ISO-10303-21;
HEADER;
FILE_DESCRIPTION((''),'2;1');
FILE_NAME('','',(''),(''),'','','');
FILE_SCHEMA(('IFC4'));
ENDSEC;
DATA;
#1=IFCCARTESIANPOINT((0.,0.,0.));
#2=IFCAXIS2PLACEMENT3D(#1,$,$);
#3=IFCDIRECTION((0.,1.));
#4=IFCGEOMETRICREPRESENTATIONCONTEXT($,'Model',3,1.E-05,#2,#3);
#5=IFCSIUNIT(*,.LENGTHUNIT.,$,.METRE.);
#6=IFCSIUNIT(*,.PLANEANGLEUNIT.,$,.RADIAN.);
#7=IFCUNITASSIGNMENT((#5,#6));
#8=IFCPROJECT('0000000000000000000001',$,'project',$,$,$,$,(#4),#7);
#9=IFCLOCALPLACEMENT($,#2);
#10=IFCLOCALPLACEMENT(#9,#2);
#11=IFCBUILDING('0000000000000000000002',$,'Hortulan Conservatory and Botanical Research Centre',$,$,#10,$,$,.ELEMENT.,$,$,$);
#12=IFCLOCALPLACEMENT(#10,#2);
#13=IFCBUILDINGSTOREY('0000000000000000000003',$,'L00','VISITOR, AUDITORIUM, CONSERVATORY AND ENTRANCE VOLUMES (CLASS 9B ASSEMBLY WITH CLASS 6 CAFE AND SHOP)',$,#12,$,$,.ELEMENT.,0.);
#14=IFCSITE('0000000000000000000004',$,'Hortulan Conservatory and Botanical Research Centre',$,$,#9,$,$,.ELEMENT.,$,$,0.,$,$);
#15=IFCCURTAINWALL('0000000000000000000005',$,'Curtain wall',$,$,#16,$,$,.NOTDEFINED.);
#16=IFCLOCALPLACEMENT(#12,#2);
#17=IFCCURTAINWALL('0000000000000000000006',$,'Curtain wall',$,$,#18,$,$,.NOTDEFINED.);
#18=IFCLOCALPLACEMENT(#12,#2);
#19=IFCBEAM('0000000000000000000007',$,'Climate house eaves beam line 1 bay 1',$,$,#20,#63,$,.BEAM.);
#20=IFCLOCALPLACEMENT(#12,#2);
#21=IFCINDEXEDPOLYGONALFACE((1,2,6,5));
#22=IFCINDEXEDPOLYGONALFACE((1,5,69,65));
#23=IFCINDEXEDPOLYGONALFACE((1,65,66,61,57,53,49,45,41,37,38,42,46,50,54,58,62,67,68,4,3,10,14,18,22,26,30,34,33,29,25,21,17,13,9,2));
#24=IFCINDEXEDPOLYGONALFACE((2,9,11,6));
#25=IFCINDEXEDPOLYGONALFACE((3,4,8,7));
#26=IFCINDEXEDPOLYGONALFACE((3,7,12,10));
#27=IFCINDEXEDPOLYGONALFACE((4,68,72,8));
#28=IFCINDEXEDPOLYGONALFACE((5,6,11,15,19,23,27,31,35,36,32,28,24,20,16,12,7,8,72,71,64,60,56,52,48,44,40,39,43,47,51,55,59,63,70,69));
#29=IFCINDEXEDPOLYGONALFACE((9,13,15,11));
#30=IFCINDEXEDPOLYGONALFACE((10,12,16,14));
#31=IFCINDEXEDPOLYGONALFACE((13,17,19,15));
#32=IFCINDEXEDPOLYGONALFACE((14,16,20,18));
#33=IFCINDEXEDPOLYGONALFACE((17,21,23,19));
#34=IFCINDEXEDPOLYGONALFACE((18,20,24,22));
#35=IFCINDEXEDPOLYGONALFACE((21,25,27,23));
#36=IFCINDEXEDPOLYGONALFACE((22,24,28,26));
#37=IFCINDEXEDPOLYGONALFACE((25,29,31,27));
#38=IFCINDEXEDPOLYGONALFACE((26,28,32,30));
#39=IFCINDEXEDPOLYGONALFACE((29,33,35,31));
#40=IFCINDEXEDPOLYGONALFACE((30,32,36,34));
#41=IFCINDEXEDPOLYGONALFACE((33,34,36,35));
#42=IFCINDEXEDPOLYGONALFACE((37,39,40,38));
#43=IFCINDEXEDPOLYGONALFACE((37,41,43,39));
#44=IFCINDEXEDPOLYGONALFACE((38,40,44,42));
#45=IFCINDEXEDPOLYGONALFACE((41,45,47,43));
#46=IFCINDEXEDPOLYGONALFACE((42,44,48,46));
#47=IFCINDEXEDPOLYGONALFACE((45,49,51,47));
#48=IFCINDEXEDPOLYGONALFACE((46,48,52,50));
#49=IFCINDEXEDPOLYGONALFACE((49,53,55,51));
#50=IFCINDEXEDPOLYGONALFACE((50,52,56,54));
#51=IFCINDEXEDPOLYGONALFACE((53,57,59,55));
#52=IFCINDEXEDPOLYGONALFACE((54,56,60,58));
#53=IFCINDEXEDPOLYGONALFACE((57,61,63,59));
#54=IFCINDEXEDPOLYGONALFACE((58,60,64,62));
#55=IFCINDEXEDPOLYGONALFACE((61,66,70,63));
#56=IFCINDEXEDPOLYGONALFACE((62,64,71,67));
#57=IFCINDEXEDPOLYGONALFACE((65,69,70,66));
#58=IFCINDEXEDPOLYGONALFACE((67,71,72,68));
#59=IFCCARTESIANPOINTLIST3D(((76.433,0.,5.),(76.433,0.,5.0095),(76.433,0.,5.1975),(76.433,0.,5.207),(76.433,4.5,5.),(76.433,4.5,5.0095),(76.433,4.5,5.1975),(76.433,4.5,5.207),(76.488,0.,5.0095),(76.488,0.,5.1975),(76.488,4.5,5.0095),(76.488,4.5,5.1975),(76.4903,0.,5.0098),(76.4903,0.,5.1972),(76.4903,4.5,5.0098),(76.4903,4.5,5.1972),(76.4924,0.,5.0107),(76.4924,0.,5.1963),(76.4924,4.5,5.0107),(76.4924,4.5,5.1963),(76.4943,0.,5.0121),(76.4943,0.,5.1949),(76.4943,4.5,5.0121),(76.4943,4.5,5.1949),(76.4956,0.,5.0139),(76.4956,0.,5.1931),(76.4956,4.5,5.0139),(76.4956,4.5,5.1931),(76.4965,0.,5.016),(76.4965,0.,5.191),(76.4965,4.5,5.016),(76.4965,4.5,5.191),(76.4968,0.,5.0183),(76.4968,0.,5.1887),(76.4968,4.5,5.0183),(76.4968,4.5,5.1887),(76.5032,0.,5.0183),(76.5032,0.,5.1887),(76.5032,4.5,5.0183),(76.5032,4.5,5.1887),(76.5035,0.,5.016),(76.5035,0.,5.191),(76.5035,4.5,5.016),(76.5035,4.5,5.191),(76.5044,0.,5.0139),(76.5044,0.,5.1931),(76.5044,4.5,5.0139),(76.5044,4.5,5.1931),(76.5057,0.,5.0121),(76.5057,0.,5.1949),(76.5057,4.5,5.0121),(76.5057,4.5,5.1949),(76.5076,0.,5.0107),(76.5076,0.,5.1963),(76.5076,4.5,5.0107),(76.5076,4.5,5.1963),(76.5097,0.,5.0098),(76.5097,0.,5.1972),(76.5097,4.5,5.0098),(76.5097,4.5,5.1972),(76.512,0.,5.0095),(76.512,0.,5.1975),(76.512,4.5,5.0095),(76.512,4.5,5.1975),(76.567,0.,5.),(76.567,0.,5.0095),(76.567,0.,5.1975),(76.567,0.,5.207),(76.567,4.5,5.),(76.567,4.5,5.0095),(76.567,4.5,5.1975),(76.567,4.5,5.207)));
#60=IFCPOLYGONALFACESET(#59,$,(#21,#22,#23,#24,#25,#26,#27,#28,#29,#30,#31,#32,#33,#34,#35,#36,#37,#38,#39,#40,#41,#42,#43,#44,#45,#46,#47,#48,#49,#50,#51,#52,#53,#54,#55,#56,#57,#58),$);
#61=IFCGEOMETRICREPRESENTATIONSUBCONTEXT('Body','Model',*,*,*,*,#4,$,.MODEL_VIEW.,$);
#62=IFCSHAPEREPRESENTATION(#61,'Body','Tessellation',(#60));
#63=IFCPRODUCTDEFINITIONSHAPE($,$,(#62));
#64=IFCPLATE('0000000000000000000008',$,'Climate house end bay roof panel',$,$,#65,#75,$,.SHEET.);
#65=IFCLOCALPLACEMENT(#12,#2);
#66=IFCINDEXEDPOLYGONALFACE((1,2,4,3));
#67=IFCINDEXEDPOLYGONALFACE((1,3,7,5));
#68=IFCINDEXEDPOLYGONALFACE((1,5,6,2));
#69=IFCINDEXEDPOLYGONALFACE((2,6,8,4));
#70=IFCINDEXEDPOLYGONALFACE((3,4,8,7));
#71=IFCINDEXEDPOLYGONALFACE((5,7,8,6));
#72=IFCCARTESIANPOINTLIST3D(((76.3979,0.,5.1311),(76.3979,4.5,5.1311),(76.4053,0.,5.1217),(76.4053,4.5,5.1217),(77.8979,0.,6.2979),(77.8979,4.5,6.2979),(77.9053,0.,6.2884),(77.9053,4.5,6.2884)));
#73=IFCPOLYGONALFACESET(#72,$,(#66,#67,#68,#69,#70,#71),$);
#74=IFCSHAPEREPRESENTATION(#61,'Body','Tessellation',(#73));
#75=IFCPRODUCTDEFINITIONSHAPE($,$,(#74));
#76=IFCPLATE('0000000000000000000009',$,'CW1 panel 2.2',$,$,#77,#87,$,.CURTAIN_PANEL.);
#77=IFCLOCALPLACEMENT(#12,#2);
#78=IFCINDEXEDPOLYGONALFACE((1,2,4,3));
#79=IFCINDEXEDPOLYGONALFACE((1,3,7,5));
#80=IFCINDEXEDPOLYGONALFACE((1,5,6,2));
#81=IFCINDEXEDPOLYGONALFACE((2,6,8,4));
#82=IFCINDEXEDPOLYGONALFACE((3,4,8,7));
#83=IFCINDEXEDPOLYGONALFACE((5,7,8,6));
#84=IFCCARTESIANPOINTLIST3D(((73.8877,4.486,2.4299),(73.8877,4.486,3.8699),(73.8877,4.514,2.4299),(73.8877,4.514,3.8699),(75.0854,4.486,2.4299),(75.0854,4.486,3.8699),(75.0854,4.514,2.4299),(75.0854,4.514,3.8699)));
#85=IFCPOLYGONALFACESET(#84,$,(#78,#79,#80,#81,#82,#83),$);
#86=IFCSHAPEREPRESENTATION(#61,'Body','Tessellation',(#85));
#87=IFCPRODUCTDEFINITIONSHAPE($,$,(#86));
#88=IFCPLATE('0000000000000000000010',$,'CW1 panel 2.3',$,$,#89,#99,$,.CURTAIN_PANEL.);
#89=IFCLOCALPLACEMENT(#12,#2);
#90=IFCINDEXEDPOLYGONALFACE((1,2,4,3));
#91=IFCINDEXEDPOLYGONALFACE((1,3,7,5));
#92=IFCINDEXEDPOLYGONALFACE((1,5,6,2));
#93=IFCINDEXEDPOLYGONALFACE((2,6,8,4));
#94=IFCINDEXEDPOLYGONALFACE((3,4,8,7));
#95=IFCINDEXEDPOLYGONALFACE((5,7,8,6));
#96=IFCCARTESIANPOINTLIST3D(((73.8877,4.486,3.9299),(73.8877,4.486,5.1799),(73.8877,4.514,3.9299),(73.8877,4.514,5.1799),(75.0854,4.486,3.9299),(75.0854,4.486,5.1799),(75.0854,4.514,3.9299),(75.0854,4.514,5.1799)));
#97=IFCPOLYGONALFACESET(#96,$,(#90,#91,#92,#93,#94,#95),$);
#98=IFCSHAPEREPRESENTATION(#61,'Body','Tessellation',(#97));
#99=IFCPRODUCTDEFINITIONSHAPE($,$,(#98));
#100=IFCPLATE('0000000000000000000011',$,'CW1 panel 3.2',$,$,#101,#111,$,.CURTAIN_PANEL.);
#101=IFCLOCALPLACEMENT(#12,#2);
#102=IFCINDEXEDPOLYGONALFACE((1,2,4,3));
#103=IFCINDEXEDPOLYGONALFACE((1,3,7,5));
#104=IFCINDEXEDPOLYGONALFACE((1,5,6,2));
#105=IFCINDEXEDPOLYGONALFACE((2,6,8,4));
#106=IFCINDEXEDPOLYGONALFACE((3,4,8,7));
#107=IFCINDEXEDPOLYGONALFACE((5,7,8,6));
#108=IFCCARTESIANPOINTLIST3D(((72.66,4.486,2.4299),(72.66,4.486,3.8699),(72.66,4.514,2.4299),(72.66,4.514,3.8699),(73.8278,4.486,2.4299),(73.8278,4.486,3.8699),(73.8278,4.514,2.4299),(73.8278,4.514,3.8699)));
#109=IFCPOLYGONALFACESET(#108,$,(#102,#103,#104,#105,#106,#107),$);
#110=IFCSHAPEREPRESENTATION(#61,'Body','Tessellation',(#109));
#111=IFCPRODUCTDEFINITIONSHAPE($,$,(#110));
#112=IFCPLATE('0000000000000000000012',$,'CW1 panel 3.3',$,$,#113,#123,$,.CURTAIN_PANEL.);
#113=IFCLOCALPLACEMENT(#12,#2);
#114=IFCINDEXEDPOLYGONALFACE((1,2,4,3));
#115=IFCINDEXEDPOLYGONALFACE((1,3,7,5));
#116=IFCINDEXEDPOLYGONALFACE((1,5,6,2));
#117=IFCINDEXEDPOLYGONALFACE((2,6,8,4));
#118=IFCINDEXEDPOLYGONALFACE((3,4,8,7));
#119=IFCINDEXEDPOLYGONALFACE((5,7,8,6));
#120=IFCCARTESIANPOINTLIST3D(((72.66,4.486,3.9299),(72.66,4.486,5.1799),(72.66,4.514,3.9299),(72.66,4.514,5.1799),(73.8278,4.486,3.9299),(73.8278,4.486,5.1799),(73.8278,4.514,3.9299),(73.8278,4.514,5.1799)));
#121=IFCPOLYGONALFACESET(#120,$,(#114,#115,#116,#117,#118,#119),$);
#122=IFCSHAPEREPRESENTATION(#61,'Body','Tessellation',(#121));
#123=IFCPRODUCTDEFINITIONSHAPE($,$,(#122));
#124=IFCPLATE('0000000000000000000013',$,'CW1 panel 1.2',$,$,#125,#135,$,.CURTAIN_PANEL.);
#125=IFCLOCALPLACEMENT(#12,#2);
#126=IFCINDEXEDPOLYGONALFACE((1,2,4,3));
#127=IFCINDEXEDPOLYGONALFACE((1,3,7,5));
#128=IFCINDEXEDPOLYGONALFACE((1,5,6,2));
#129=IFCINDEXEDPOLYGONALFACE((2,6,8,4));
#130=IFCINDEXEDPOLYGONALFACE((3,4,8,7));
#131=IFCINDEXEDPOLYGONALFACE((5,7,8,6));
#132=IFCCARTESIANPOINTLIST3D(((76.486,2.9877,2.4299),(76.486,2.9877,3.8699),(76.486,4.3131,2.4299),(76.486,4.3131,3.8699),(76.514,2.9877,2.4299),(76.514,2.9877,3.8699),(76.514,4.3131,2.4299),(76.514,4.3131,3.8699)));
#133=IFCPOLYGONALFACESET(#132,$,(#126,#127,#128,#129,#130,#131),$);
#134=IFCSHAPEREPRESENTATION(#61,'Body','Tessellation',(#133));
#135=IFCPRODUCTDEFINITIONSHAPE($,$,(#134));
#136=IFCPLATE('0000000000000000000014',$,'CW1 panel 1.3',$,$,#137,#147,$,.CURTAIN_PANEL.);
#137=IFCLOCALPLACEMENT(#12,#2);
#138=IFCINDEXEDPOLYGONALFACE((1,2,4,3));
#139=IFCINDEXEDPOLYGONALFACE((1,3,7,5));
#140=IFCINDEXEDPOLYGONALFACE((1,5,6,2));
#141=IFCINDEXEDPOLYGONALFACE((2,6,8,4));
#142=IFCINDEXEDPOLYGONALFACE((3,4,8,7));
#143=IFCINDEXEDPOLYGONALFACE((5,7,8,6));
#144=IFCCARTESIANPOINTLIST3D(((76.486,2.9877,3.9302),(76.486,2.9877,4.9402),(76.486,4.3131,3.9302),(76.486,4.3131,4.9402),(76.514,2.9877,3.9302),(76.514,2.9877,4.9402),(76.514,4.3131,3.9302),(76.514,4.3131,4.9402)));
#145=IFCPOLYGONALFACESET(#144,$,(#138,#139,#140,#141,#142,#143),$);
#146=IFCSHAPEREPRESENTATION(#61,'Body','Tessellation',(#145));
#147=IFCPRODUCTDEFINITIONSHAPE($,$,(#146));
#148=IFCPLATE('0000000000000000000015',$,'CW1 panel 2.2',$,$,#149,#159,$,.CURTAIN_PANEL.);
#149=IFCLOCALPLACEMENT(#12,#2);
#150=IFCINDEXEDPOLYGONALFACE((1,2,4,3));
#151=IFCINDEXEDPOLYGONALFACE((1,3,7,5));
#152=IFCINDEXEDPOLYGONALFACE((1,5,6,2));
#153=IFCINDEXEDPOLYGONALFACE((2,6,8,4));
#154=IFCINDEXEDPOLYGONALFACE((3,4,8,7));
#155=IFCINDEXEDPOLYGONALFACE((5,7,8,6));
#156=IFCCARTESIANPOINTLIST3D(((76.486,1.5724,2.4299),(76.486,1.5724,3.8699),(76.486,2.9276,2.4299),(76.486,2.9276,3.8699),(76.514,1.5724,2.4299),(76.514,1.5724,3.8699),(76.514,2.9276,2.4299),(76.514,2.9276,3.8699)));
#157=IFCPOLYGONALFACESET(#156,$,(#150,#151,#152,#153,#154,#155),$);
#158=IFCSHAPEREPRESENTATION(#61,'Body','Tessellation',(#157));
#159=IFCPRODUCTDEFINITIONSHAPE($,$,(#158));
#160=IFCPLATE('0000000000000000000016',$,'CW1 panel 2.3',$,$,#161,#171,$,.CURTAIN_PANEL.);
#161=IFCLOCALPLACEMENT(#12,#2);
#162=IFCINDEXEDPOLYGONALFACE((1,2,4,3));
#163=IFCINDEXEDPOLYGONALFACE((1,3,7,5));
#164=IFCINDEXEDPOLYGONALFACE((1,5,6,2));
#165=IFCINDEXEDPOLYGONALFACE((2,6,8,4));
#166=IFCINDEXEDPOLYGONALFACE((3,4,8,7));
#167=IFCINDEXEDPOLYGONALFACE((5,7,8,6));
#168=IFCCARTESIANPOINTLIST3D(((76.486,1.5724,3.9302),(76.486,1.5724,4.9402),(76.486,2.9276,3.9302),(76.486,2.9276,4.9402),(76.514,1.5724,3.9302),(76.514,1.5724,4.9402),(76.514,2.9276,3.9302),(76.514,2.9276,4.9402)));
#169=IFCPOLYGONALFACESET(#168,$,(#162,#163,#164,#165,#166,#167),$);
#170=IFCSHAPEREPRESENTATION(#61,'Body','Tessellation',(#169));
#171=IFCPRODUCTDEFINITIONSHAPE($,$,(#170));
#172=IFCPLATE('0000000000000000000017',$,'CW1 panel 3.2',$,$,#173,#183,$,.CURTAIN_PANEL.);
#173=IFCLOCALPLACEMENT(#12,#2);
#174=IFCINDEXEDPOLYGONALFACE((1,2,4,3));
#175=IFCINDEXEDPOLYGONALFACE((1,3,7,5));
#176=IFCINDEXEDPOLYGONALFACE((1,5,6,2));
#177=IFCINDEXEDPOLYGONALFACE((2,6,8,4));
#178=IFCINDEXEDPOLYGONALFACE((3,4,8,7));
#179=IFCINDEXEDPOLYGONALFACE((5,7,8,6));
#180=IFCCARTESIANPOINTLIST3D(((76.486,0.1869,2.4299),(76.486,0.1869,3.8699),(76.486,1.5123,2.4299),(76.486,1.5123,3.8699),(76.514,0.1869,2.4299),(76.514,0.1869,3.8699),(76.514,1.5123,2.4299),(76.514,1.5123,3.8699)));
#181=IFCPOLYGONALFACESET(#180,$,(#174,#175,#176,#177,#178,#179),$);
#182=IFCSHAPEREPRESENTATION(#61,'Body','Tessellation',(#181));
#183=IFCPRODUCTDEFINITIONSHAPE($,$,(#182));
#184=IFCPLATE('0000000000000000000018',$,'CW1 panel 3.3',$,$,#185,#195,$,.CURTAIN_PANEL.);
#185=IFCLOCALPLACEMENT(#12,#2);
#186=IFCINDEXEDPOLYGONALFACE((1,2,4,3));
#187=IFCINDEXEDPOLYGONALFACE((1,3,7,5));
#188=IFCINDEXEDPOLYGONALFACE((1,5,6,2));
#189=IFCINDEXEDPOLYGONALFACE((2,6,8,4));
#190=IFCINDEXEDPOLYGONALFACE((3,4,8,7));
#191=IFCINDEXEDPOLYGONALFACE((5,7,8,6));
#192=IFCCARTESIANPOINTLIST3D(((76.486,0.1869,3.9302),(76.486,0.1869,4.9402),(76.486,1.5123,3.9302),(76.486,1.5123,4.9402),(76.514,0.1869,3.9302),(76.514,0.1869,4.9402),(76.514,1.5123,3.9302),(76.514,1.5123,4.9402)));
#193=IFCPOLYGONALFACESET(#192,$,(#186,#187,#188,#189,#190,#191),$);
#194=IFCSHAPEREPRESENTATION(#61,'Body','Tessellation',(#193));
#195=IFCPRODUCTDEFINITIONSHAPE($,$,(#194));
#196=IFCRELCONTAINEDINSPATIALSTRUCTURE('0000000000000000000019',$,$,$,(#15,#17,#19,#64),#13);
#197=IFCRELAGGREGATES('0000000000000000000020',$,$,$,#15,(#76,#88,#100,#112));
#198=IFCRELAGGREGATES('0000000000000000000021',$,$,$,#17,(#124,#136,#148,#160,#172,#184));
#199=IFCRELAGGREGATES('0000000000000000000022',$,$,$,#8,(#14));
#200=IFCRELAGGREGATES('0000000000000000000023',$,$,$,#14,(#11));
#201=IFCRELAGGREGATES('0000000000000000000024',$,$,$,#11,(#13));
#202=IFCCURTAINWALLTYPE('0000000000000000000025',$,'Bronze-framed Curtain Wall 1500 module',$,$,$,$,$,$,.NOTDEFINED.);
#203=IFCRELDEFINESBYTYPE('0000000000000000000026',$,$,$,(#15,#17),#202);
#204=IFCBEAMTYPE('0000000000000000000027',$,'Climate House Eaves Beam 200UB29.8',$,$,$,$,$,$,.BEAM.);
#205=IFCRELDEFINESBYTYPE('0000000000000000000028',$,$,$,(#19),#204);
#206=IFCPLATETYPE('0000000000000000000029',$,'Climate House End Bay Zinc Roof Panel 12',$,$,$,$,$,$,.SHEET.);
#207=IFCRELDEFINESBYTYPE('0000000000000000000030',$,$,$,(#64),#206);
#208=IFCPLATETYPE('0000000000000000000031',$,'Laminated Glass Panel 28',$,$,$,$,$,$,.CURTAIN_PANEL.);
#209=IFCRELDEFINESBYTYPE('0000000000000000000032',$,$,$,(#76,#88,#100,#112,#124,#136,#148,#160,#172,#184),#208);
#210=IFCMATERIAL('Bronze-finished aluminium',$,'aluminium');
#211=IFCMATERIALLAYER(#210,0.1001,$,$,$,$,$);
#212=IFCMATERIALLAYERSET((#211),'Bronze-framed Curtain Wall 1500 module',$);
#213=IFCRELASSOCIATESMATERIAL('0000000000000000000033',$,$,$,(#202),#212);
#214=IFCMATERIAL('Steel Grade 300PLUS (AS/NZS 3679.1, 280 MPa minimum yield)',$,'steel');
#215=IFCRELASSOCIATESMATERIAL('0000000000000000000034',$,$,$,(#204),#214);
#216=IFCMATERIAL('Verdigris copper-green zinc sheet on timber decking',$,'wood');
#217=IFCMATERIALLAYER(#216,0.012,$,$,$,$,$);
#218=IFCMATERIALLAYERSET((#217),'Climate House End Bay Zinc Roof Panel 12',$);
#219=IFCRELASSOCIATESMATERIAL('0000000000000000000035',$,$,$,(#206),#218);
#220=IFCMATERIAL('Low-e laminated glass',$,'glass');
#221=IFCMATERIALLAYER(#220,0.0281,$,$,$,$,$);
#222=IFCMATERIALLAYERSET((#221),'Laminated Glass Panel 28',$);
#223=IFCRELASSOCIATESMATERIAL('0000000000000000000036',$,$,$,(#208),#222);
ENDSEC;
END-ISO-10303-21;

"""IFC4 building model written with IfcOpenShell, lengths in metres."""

from ifc_helpers import new_model, si_unit, direction, frame, origin, origin_2d, place, context, subcontext, project, spatial, polyline, rectangle, i_section, outline, extrude, material, layer, layer_set, material_profile, profile_set, type_object, element, aggregate, save


model = new_model("IFC4")

# Units and contexts
model_context = context("Model", 3, precision=1e-05, world=origin(), true_north=direction((0.0, 1.0)))
body_context = subcontext(model_context, "Body", "Model", "MODEL_VIEW")
ifc_project = project(units=[si_unit("LENGTHUNIT", "METRE"), si_unit("PLANEANGLEUNIT", "RADIAN")], contexts=[model_context])

# Site, building, storey
site_placement = place(None, origin())
site = spatial("IfcSite", under=ifc_project, at=site_placement, Name="Hortulan Conservatory and Botanical Research Centre", CompositionType="ELEMENT", RefElevation=0.0)
building_placement = place(site_placement, origin())
building = spatial("IfcBuilding", under=site, at=building_placement, Name="Hortulan Conservatory and Botanical Research Centre", CompositionType="ELEMENT")
storey_placement = place(building_placement, origin())
storey = spatial("IfcBuildingStorey", under=building, at=storey_placement, Name="L00", Description="VISITOR, AUDITORIUM, CONSERVATORY AND ENTRANCE VOLUMES (CLASS 9B ASSEMBLY WITH CLASS 6 CAFE AND SHOP)", CompositionType="ELEMENT", Elevation=0.0)

# Curtain walls
ifc_material_1 = material(Name="Bronze-finished aluminium", Category="aluminium")
ifc_layer_1 = layer(ifc_material_1, 0.1001)
ifc_layer_set_1 = layer_set([ifc_layer_1], Name="Bronze-framed Curtain Wall 1500 module")
curtain_wall_type = type_object("IfcCurtainWallType", Name="Bronze-framed Curtain Wall 1500 module", PredefinedType="NOTDEFINED", material=ifc_layer_set_1)
curtain_wall_1_placement = place(storey_placement, origin())
curtain_wall_1 = element("IfcCurtainWall", 1, at=curtain_wall_1_placement, inside=storey, type_object=curtain_wall_type, Name="Curtain wall", PredefinedType="NOTDEFINED")
curtain_wall_2_placement = place(storey_placement, origin())
curtain_wall_2 = element("IfcCurtainWall", 2, at=curtain_wall_2_placement, inside=storey, type_object=curtain_wall_type, Name="Curtain wall", PredefinedType="NOTDEFINED")

# Beam
ifc_material_2 = material(Name="Steel Grade 300PLUS (AS/NZS 3679.1, 280 MPa minimum yield)", Category="steel")
ifc_material_profile_1 = material_profile(ifc_material_2, i_section(OverallWidth=0.134, OverallDepth=0.207, WebThickness=0.0063, FlangeThickness=0.0095, FilletRadius=0.0088, at=origin_2d()), Name="200UB29.8")
ifc_profile_set_1 = profile_set([ifc_material_profile_1], Name="Steel Grade 300PLUS (AS/NZS 3679.1, 280 MPa minimum yield)")
beam_type = type_object("IfcBeamType", Name="Climate House Eaves Beam 200UB29.8", PredefinedType="BEAM", material=ifc_profile_set_1)
beam_placement = place(storey_placement, frame((76.5, 0.0, 5.1035), z_axis=(0.0, 1.0, 0.0), x_axis=(-1.0, 0.0, 0.0)))
element("IfcBeam", 3, at=beam_placement, inside=storey, type_object=beam_type, Name="Climate house eaves beam line 1 bay 1", PredefinedType="BEAM", context=body_context, shape_type="SweptSolid", body=[
    extrude(i_section(OverallWidth=0.134, OverallDepth=0.207, WebThickness=0.0063, FlangeThickness=0.0095, FilletRadius=0.0088, at=origin_2d()), origin(), (0.0, 0.0, 1.0), 4.5),
])

# Plates
ifc_material_3 = material(Name="Verdigris copper-green zinc sheet on timber decking", Category="wood")
ifc_layer_2 = layer(ifc_material_3, 0.012)
ifc_layer_set_2 = layer_set([ifc_layer_2], Name="Climate House End Bay Zinc Roof Panel 12")
plate_type_1 = type_object("IfcPlateType", Name="Climate House End Bay Zinc Roof Panel 12", PredefinedType="SHEET", material=ifc_layer_set_2)
plate_1_placement = place(storey_placement, frame((76.3979, 0.0, 5.1311), z_axis=(-0.613967, 0.0, 0.789331), x_axis=(0.789331, 0.0, 0.613967)))
element("IfcPlate", 4, at=plate_1_placement, inside=storey, type_object=plate_type_1, Name="Climate house end bay roof panel", PredefinedType="SHEET", context=body_context, shape_type="SweptSolid", body=[
    extrude(outline(polyline([(0.0, 0.0), (1.9003, 0.0), (1.9003, 4.5), (0.0, 4.5), (0.0, 0.0)])), origin(), (0.0, 0.0, -1.0), 0.012),
])
ifc_material_4 = material(Name="Low-e laminated glass", Category="glass")
ifc_layer_3 = layer(ifc_material_4, 0.0281)
ifc_layer_set_3 = layer_set([ifc_layer_3], Name="Laminated Glass Panel 28")
plate_type_2 = type_object("IfcPlateType", Name="Laminated Glass Panel 28", PredefinedType="CURTAIN_PANEL", material=ifc_layer_set_3)
plate_2_placement = place(storey_placement, frame((74.4866, 4.5, 2.4299), z_axis=(0.0, 0.0, 1.0), x_axis=(-1.0, 0.0, 0.0)))
plate_2 = element("IfcPlate", 5, at=plate_2_placement, type_object=plate_type_2, Name="CW1 panel 2.2", PredefinedType="CURTAIN_PANEL", context=body_context, shape_type="SweptSolid", body=[
    extrude(rectangle(XDim=1.1978, YDim=0.0281, at=origin_2d()), origin(), (0.0, 0.0, 1.0), 1.4399),
])
plate_3_placement = place(storey_placement, frame((74.4866, 4.5, 3.9299), z_axis=(0.0, 0.0, 1.0), x_axis=(-1.0, 0.0, 0.0)))
plate_3 = element("IfcPlate", 6, at=plate_3_placement, type_object=plate_type_2, Name="CW1 panel 2.3", PredefinedType="CURTAIN_PANEL", context=body_context, shape_type="SweptSolid", body=[
    extrude(rectangle(XDim=1.1978, YDim=0.0281, at=origin_2d()), origin(), (0.0, 0.0, 1.0), 1.25),
])
plate_4_placement = place(storey_placement, frame((73.2439, 4.5, 2.4299), z_axis=(0.0, 0.0, 1.0), x_axis=(-1.0, 0.0, 0.0)))
plate_4 = element("IfcPlate", 7, at=plate_4_placement, type_object=plate_type_2, Name="CW1 panel 3.2", PredefinedType="CURTAIN_PANEL", context=body_context, shape_type="SweptSolid", body=[
    extrude(rectangle(XDim=1.1677, YDim=0.0281, at=origin_2d()), origin(), (0.0, 0.0, 1.0), 1.4399),
])
plate_5_placement = place(storey_placement, frame((73.2439, 4.5, 3.9299), z_axis=(0.0, 0.0, 1.0), x_axis=(-1.0, 0.0, 0.0)))
plate_5 = element("IfcPlate", 8, at=plate_5_placement, type_object=plate_type_2, Name="CW1 panel 3.3", PredefinedType="CURTAIN_PANEL", context=body_context, shape_type="SweptSolid", body=[
    extrude(rectangle(XDim=1.1677, YDim=0.0281, at=origin_2d()), origin(), (0.0, 0.0, 1.0), 1.25),
])
aggregate(curtain_wall_1, [plate_2, plate_3, plate_4, plate_5])
plate_6_placement = place(storey_placement, frame((76.5, 3.6504, 2.4299), z_axis=(0.0, 0.0, 1.0), x_axis=(0.0, -1.0, 0.0)))
plate_6 = element("IfcPlate", 9, at=plate_6_placement, type_object=plate_type_2, Name="CW1 panel 1.2", PredefinedType="CURTAIN_PANEL", context=body_context, shape_type="SweptSolid", body=[
    extrude(rectangle(XDim=1.3254, YDim=0.0281, at=origin_2d()), origin(), (0.0, 0.0, 1.0), 1.4399),
])
plate_7_placement = place(storey_placement, frame((76.5, 3.6504, 3.9302), z_axis=(0.0, 0.0, 1.0), x_axis=(0.0, -1.0, 0.0)))
plate_7 = element("IfcPlate", 10, at=plate_7_placement, type_object=plate_type_2, Name="CW1 panel 1.3", PredefinedType="CURTAIN_PANEL", context=body_context, shape_type="SweptSolid", body=[
    extrude(rectangle(XDim=1.3254, YDim=0.0281, at=origin_2d()), origin(), (0.0, 0.0, 1.0), 1.01),
])
plate_8_placement = place(storey_placement, frame((76.5, 2.25, 2.4299), z_axis=(0.0, 0.0, 1.0), x_axis=(0.0, -1.0, 0.0)))
plate_8 = element("IfcPlate", 11, at=plate_8_placement, type_object=plate_type_2, Name="CW1 panel 2.2", PredefinedType="CURTAIN_PANEL", context=body_context, shape_type="SweptSolid", body=[
    extrude(rectangle(XDim=1.3552, YDim=0.0281, at=origin_2d()), origin(), (0.0, 0.0, 1.0), 1.4399),
])
plate_9_placement = place(storey_placement, frame((76.5, 2.25, 3.9302), z_axis=(0.0, 0.0, 1.0), x_axis=(0.0, -1.0, 0.0)))
plate_9 = element("IfcPlate", 12, at=plate_9_placement, type_object=plate_type_2, Name="CW1 panel 2.3", PredefinedType="CURTAIN_PANEL", context=body_context, shape_type="SweptSolid", body=[
    extrude(rectangle(XDim=1.3552, YDim=0.0281, at=origin_2d()), origin(), (0.0, 0.0, 1.0), 1.01),
])
plate_10_placement = place(storey_placement, frame((76.5, 0.8496, 2.4299), z_axis=(0.0, 0.0, 1.0), x_axis=(0.0, -1.0, 0.0)))
plate_10 = element("IfcPlate", 13, at=plate_10_placement, type_object=plate_type_2, Name="CW1 panel 3.2", PredefinedType="CURTAIN_PANEL", context=body_context, shape_type="SweptSolid", body=[
    extrude(rectangle(XDim=1.3254, YDim=0.0281, at=origin_2d()), origin(), (0.0, 0.0, 1.0), 1.4399),
])
plate_11_placement = place(storey_placement, frame((76.5, 0.8496, 3.9302), z_axis=(0.0, 0.0, 1.0), x_axis=(0.0, -1.0, 0.0)))
plate_11 = element("IfcPlate", 14, at=plate_11_placement, type_object=plate_type_2, Name="CW1 panel 3.3", PredefinedType="CURTAIN_PANEL", context=body_context, shape_type="SweptSolid", body=[
    extrude(rectangle(XDim=1.3254, YDim=0.0281, at=origin_2d()), origin(), (0.0, 0.0, 1.0), 1.01),
])
aggregate(curtain_wall_2, [plate_6, plate_7, plate_8, plate_9, plate_10, plate_11])

save(model, "model.ifc")
